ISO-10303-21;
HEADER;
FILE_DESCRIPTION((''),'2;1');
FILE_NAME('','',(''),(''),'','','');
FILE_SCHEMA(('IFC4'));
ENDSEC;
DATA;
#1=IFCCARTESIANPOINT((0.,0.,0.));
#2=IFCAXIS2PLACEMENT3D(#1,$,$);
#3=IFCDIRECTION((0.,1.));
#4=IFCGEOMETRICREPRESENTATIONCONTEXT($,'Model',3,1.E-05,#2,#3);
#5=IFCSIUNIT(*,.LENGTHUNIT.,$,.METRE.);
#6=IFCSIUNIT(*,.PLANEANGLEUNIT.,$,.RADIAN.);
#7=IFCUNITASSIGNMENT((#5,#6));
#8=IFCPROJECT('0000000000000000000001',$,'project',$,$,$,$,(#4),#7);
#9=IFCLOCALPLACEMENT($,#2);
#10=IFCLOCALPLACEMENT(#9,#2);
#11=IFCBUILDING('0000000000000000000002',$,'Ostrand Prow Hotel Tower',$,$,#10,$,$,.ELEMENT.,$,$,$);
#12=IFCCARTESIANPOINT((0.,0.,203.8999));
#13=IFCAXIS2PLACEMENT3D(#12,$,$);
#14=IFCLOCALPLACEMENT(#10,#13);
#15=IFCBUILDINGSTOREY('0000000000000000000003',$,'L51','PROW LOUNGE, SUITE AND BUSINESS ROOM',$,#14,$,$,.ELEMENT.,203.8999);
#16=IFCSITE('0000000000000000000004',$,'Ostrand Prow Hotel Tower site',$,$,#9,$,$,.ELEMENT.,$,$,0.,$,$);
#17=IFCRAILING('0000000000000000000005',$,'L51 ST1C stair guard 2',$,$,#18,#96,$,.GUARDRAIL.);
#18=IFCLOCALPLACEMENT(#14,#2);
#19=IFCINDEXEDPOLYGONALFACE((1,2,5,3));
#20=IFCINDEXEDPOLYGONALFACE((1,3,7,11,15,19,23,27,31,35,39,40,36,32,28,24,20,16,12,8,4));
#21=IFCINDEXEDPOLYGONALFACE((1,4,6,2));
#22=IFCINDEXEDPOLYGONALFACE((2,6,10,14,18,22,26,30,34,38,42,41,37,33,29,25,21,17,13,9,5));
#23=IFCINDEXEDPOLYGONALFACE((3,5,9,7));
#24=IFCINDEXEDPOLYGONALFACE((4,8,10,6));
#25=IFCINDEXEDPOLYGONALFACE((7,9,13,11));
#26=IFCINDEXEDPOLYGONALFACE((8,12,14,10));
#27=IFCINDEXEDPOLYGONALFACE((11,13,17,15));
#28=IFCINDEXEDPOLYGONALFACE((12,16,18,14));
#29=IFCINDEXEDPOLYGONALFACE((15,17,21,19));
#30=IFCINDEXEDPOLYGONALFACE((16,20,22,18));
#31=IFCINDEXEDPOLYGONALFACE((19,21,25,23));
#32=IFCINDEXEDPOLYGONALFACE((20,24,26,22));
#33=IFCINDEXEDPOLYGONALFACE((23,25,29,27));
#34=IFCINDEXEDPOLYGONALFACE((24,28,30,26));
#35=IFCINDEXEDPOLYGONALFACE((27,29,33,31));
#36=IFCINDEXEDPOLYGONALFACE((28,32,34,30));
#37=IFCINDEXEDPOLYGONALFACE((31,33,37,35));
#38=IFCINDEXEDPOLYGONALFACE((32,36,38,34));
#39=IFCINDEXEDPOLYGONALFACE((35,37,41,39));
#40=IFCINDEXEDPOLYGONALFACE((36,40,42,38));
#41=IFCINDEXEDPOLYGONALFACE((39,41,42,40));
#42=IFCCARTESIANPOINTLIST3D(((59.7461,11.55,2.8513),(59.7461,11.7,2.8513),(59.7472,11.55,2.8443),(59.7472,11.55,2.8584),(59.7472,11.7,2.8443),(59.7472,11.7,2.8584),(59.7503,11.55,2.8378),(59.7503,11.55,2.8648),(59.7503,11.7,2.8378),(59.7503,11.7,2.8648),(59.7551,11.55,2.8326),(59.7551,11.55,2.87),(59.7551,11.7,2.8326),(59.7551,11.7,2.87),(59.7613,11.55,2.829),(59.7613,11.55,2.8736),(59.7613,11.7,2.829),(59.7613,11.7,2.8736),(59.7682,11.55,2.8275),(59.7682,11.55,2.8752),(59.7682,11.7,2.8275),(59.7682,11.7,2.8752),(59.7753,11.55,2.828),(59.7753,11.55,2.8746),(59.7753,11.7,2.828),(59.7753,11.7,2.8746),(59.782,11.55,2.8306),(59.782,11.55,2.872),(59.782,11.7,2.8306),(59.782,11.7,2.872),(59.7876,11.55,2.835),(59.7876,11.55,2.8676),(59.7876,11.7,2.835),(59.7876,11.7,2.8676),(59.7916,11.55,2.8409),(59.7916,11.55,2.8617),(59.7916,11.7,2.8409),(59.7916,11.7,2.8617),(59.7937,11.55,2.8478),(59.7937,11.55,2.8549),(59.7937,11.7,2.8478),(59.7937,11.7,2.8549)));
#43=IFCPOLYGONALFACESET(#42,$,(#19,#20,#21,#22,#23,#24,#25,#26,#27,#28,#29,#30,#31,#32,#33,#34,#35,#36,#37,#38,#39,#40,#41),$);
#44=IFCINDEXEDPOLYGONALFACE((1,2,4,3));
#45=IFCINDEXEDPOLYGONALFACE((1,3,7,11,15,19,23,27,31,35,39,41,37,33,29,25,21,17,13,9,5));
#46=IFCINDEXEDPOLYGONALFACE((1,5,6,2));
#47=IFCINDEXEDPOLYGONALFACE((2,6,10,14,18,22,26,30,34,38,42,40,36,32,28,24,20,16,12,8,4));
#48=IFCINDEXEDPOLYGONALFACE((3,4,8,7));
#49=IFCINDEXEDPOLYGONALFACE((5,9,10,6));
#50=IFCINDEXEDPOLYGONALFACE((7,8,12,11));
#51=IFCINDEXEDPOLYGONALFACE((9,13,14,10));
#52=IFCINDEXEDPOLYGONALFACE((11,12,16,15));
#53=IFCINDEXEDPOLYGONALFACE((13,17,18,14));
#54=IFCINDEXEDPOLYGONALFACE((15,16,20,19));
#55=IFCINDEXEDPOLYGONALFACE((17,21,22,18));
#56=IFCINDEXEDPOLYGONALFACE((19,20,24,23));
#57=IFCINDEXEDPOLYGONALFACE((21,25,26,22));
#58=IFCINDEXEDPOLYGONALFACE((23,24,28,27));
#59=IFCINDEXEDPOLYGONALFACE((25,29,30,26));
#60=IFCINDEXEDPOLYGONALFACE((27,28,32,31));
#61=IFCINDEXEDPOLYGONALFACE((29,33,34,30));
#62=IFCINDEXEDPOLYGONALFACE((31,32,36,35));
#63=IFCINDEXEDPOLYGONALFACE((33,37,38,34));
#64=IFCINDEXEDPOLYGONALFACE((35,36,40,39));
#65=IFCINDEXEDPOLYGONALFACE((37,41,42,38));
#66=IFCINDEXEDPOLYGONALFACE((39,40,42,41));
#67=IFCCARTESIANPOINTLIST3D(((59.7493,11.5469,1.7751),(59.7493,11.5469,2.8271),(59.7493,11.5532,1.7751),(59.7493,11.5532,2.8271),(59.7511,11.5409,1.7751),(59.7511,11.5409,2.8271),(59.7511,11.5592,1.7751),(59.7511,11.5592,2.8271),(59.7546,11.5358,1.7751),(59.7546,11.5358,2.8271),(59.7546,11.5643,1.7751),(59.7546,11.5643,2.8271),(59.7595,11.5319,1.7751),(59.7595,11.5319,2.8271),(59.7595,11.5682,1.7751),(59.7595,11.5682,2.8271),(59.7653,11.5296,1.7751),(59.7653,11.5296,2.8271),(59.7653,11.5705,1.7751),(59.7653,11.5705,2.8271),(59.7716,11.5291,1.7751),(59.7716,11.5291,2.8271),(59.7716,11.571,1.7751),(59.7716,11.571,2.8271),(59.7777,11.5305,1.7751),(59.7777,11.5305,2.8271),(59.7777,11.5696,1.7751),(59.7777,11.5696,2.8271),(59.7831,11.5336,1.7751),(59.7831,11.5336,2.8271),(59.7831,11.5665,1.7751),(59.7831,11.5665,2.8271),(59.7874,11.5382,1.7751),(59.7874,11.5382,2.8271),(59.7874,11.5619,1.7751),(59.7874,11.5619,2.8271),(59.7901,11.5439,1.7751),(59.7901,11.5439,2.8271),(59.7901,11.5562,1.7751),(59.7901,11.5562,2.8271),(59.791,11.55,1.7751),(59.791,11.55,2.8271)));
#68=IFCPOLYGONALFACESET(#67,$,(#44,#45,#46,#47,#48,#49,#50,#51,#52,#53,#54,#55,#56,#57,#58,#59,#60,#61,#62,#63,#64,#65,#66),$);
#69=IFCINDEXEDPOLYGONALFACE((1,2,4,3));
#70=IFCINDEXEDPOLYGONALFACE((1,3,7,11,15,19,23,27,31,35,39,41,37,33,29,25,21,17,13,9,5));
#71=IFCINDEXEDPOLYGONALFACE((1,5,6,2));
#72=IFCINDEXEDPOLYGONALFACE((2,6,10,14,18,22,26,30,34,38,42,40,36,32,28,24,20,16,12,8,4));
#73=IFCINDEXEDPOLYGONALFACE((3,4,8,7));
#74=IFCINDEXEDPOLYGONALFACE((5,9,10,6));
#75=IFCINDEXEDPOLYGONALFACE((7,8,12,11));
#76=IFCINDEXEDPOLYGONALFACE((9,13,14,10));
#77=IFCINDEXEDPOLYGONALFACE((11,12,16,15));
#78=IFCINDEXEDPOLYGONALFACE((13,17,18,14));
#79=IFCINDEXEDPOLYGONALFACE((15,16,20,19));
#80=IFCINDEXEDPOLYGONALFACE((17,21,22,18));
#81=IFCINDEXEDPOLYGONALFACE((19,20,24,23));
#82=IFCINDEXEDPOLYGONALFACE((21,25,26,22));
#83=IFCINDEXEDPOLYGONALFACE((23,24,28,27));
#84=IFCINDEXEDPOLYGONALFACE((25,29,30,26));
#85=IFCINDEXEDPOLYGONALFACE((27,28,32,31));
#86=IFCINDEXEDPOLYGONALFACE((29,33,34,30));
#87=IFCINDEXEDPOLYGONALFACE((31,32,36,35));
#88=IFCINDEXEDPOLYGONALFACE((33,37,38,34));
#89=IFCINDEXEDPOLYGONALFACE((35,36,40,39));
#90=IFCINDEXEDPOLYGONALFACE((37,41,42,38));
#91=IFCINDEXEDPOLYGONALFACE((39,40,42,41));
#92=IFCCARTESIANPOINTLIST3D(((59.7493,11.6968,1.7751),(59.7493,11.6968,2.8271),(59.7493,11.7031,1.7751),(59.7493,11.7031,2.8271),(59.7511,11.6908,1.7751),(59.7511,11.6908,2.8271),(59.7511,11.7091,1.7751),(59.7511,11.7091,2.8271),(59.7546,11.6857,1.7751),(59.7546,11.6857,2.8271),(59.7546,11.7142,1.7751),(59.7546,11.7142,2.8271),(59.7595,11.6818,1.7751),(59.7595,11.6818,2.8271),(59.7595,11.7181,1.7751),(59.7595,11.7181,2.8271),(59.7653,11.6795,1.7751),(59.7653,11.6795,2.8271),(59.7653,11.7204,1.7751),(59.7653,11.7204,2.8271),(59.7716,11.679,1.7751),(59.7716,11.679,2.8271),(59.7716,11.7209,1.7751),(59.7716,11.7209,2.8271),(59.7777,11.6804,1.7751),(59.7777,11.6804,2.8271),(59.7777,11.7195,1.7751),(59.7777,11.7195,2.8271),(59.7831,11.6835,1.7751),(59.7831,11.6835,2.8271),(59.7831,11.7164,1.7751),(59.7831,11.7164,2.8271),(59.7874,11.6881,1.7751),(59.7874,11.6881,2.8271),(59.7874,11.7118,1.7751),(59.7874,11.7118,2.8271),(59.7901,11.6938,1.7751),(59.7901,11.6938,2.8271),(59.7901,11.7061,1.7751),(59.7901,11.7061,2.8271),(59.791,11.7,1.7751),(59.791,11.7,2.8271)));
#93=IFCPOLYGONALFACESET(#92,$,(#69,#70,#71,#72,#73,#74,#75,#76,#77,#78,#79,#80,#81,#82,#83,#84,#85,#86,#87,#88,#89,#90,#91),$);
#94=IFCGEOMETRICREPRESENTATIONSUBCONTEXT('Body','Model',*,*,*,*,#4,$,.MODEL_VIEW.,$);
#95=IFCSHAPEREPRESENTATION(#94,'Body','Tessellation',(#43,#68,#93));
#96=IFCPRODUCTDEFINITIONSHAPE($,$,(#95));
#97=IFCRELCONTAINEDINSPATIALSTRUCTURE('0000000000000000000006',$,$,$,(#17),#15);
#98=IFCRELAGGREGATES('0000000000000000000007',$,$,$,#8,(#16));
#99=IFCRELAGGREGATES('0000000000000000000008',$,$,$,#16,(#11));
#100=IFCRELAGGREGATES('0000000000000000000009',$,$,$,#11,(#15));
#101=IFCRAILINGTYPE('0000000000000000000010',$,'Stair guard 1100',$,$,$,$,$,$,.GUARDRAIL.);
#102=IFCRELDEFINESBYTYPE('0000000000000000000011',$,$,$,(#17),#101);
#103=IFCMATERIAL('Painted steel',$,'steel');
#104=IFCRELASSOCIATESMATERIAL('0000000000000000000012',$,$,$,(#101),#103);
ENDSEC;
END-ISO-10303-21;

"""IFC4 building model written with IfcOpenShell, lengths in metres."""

from ifc_helpers import new_model, si_unit, direction, frame, origin, origin_2d, place, context, subcontext, project, spatial, circle, extrude, material, type_object, element, save


model = new_model("IFC4")

# Units and contexts
model_context = context("Model", 3, precision=1e-05, world=origin(), true_north=direction((0.0, 1.0)))
body_context = subcontext(model_context, "Body", "Model", "MODEL_VIEW")
ifc_project = project(units=[si_unit("LENGTHUNIT", "METRE"), si_unit("PLANEANGLEUNIT", "RADIAN")], contexts=[model_context])

# Site, building, storey
site_placement = place(None, origin())
site = spatial("IfcSite", under=ifc_project, at=site_placement, Name="Ostrand Prow Hotel Tower site", CompositionType="ELEMENT", RefElevation=0.0)
building_placement = place(site_placement, origin())
building = spatial("IfcBuilding", under=site, at=building_placement, Name="Ostrand Prow Hotel Tower", CompositionType="ELEMENT")
storey_placement = place(building_placement, frame((0.0, 0.0, 203.8999)))
storey = spatial("IfcBuildingStorey", under=building, at=storey_placement, Name="L51", Description="PROW LOUNGE, SUITE AND BUSINESS ROOM", CompositionType="ELEMENT", Elevation=203.8999)

# Railing
ifc_material_1 = material(Name="Painted steel", Category="steel")
railing_type_1 = type_object("IfcRailingType", Name="Stair guard 1100", PredefinedType="GUARDRAIL", material=ifc_material_1)
railing_1_placement = place(storey_placement, frame((59.77, 11.55, 1.7751)))
element("IfcRailing", 1, at=railing_1_placement, inside=storey, type_object=railing_type_1, Name="L51 ST1C stair guard 2", PredefinedType="GUARDRAIL", context=body_context, shape_type="SweptSolid", body=[
    extrude(circle(Radius=0.0239, at=origin_2d()), frame((0.0, 0.0, 1.0762), z_axis=(0.0, 1.0, 0.0), x_axis=(-1.0, 0.0, 0.0)), (0.0, 0.0, 1.0), 0.1499),
    extrude(circle(Radius=0.021, at=origin_2d()), origin(), (0.0, 0.0, 1.0), 1.052),
    extrude(circle(Radius=0.021, at=origin_2d()), frame((0.0, 0.1499, 0.0)), (0.0, 0.0, 1.0), 1.052),
])

save(model, "model.ifc")
